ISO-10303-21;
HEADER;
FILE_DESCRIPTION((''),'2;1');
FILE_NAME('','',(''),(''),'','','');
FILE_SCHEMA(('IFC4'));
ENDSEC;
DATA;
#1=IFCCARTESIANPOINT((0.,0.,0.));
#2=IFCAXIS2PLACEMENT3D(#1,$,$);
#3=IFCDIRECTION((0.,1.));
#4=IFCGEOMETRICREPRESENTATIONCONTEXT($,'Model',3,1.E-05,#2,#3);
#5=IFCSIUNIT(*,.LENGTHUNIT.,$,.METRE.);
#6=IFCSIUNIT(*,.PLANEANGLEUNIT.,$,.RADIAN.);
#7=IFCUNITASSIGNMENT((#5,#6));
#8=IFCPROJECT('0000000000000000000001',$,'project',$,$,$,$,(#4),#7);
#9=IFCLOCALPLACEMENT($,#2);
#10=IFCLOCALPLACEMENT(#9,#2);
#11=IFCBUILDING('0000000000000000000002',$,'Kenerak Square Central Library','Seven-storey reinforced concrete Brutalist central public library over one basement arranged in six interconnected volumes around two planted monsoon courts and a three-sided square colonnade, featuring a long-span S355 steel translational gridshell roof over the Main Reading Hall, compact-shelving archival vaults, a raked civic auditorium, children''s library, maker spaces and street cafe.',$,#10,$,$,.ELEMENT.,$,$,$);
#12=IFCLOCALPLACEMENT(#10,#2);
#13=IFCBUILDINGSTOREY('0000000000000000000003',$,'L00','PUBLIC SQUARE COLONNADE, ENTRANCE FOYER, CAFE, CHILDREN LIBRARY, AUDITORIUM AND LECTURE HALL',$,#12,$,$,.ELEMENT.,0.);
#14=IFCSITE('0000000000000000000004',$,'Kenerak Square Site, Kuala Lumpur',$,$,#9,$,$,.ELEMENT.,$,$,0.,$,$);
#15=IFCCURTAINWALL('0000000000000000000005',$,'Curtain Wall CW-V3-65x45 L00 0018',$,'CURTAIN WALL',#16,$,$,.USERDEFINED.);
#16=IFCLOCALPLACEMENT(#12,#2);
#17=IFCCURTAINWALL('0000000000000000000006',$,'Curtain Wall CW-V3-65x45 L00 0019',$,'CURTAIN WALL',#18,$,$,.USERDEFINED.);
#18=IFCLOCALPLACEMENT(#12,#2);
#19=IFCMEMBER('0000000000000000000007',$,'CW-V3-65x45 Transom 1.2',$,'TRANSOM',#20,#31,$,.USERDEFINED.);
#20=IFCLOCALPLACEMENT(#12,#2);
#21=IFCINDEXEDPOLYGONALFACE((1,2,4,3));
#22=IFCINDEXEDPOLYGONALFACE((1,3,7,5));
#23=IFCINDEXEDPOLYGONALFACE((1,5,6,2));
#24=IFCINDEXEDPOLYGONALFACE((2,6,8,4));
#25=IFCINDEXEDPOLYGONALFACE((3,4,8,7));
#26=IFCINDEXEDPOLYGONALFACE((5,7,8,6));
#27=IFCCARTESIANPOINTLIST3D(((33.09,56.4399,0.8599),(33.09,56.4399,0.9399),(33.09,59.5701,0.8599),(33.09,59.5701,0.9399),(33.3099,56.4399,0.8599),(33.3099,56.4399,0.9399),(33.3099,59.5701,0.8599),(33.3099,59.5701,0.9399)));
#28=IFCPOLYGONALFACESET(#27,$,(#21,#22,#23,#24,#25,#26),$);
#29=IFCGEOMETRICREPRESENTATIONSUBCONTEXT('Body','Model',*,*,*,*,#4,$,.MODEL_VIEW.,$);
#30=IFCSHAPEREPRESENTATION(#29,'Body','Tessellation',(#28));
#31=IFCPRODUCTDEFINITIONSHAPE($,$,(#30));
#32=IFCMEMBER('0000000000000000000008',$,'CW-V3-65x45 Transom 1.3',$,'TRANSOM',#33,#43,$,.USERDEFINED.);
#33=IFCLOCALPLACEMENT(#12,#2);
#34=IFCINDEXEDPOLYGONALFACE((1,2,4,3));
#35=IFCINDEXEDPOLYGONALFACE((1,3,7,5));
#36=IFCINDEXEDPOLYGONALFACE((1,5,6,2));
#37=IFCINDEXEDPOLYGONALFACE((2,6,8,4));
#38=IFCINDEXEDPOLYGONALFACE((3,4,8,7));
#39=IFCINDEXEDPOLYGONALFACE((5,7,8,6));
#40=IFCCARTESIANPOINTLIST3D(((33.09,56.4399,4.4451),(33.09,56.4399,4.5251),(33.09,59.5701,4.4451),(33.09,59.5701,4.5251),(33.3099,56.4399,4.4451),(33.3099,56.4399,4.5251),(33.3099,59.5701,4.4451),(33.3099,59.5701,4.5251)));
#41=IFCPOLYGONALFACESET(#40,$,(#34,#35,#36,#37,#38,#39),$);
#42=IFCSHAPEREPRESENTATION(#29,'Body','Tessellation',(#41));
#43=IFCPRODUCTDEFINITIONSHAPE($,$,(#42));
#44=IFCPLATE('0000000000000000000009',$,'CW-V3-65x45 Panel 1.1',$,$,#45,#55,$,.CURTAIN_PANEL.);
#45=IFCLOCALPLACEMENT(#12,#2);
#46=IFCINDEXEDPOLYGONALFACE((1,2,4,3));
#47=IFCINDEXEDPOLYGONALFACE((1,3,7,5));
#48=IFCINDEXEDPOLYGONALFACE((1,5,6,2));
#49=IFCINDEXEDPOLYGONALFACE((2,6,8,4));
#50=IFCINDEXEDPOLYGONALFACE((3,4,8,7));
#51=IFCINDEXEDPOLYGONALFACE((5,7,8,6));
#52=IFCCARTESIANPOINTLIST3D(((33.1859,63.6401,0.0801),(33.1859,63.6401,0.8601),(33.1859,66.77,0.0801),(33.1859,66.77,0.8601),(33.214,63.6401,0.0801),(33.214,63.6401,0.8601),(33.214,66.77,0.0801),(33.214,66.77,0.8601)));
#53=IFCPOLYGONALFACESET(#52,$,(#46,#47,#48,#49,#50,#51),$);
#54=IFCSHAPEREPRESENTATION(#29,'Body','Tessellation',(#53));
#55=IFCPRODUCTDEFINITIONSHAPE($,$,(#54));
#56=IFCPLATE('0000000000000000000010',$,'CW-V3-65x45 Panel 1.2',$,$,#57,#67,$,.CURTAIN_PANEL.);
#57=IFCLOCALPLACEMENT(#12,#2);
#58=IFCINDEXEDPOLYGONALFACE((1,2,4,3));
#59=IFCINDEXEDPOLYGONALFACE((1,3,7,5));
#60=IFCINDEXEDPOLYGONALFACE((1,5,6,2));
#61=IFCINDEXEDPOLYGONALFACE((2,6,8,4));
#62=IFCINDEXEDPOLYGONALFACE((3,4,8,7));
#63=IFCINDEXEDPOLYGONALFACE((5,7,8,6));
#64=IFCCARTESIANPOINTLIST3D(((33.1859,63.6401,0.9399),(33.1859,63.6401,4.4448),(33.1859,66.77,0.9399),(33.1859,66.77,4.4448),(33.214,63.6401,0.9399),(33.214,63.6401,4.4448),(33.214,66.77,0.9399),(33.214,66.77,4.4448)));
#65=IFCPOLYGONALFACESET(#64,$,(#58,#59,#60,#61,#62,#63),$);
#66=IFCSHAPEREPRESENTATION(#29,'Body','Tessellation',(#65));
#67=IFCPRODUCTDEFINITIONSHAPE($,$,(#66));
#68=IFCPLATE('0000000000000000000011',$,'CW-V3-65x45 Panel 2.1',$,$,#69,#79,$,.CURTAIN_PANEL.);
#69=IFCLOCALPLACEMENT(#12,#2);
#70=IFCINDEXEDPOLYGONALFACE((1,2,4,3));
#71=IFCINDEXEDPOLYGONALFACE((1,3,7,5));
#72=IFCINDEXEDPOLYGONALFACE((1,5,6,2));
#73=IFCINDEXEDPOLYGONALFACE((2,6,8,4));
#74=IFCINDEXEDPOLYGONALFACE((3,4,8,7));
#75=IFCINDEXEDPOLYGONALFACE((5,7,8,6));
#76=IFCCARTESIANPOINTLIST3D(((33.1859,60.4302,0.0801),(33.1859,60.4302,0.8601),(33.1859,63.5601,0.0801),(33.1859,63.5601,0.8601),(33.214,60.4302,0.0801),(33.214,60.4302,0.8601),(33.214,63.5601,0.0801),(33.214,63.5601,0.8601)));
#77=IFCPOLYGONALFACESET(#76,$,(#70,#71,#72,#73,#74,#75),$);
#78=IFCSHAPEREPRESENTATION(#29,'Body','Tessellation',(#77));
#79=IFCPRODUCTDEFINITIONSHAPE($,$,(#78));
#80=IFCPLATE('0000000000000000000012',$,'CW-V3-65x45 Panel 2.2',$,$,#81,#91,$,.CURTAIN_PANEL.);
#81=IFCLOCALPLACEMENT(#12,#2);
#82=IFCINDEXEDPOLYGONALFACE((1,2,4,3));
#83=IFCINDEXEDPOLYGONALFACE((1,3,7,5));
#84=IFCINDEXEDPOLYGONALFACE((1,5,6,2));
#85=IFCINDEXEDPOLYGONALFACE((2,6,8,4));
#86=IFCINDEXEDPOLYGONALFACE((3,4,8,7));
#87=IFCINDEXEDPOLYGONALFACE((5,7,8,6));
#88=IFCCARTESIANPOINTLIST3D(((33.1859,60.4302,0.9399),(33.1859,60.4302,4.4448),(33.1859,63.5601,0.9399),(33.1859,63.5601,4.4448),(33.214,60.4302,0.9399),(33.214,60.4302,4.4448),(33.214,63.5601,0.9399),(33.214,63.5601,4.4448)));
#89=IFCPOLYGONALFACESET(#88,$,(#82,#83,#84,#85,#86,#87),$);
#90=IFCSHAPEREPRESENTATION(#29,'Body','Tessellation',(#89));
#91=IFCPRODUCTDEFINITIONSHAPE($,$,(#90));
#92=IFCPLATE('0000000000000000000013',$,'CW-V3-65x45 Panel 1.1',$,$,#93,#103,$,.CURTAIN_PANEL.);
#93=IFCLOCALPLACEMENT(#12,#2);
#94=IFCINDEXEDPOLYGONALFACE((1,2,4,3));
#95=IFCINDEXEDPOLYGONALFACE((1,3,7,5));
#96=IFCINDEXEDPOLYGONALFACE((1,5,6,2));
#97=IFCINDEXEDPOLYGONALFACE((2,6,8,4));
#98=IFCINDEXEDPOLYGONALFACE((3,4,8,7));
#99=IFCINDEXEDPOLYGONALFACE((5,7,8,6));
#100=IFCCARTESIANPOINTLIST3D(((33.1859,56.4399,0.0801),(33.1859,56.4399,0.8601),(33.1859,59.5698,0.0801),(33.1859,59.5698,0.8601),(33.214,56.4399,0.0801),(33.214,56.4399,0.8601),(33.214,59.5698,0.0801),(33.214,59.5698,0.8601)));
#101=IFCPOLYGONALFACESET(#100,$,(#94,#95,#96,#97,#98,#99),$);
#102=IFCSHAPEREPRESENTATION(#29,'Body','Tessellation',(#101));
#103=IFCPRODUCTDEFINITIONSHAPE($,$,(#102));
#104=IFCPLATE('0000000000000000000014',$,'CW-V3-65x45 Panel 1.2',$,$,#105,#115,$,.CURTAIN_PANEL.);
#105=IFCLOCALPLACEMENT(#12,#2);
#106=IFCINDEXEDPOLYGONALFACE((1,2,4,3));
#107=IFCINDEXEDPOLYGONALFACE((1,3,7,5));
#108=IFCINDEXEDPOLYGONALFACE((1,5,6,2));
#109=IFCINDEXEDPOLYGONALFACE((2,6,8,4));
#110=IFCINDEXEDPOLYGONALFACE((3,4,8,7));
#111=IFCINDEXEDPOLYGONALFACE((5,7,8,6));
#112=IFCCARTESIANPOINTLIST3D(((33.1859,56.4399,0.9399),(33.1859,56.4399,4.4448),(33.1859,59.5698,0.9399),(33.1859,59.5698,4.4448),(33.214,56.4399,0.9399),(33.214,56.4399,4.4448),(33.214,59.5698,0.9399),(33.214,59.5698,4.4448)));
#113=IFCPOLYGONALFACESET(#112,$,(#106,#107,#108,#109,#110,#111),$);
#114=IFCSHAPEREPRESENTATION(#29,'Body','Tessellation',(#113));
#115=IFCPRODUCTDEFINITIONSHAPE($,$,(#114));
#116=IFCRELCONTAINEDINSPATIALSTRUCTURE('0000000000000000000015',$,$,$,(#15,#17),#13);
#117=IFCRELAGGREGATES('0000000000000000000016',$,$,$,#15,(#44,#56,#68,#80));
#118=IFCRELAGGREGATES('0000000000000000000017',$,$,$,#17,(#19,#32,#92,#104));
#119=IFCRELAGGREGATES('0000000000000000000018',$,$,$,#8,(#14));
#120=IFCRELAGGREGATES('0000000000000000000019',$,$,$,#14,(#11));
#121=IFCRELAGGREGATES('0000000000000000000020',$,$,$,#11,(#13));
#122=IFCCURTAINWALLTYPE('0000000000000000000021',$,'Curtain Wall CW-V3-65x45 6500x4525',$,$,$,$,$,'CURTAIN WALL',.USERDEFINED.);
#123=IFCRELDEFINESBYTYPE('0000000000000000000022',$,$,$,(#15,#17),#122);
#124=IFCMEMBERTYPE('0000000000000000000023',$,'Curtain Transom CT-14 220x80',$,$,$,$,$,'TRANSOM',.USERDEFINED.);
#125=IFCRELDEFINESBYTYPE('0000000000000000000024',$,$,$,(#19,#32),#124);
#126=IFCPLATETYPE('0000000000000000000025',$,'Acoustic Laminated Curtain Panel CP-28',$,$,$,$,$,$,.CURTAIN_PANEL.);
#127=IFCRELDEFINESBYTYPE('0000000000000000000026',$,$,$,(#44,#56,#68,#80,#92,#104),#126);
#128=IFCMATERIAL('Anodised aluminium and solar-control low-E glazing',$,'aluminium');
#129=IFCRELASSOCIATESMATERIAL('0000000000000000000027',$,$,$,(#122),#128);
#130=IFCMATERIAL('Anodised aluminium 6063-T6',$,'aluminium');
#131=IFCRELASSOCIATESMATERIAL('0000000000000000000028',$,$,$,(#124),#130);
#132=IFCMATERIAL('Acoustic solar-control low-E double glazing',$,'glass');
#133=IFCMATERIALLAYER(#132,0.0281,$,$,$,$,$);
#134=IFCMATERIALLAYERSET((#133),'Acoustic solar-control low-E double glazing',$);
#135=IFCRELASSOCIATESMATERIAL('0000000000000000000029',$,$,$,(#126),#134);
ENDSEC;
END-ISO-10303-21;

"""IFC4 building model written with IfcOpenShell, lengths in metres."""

from ifc_helpers import new_model, si_unit, direction, frame, origin, origin_2d, place, context, subcontext, project, spatial, rectangle, extrude, material, layer, layer_set, material_profile, profile_set, type_object, element, aggregate, save


model = new_model("IFC4")

# Units and contexts
model_context = context("Model", 3, precision=1e-05, world=origin(), true_north=direction((0.0, 1.0)))
body_context = subcontext(model_context, "Body", "Model", "MODEL_VIEW")
ifc_project = project(units=[si_unit("LENGTHUNIT", "METRE"), si_unit("PLANEANGLEUNIT", "RADIAN")], contexts=[model_context])

# Site, building, storey
site_placement = place(None, origin())
site = spatial("IfcSite", under=ifc_project, at=site_placement, Name="Kenerak Square Site, Kuala Lumpur", CompositionType="ELEMENT", RefElevation=0.0)
building_placement = place(site_placement, origin())
building = spatial("IfcBuilding", under=site, at=building_placement, Name="Kenerak Square Central Library", Description="Seven-storey reinforced concrete Brutalist central public library over one basement arranged in six interconnected volumes around two planted monsoon courts and a three-sided square colonnade, featuring a long-span S355 steel translational gridshell roof over the Main Reading Hall, compact-shelving archival vaults, a raked civic auditorium, children's library, maker spaces and street cafe.", CompositionType="ELEMENT")
storey_placement = place(building_placement, origin())
storey = spatial("IfcBuildingStorey", under=building, at=storey_placement, Name="L00", Description="PUBLIC SQUARE COLONNADE, ENTRANCE FOYER, CAFE, CHILDREN LIBRARY, AUDITORIUM AND LECTURE HALL", CompositionType="ELEMENT", Elevation=0.0)

# Curtain walls
ifc_material_1 = material(Name="Anodised aluminium and solar-control low-E glazing", Category="aluminium")
curtain_wall_type = type_object("IfcCurtainWallType", Name="Curtain Wall CW-V3-65x45 6500x4525", ElementType="CURTAIN WALL", PredefinedType="USERDEFINED", material=ifc_material_1)
curtain_wall_1_placement = place(storey_placement, origin())
curtain_wall_1 = element("IfcCurtainWall", 1, at=curtain_wall_1_placement, inside=storey, type_object=curtain_wall_type, Name="Curtain Wall CW-V3-65x45 L00 0018", ObjectType="CURTAIN WALL", PredefinedType="USERDEFINED")
ifc_material_2 = material(Name="Anodised aluminium 6063-T6", Category="aluminium")
curtain_wall_2_placement = place(storey_placement, origin())
curtain_wall_2 = element("IfcCurtainWall", 2, at=curtain_wall_2_placement, inside=storey, type_object=curtain_wall_type, Name="Curtain Wall CW-V3-65x45 L00 0019", ObjectType="CURTAIN WALL", PredefinedType="USERDEFINED")

# Members
ifc_material_profile_1 = material_profile(ifc_material_2, rectangle(XDim=0.22, YDim=0.0801, at=origin_2d()), Name="AL TRANSOM 220x80")
ifc_profile_set_1 = profile_set([ifc_material_profile_1], Name="Anodised aluminium 6063-T6")
member_type_1 = type_object("IfcMemberType", Name="Curtain Transom CT-14 220x80", ElementType="TRANSOM", PredefinedType="USERDEFINED", material=ifc_profile_set_1)
member_1_placement = place(storey_placement, frame((33.2, 59.5701, 0.8999), z_axis=(0.0, -1.0, 0.0), x_axis=(1.0, 0.0, 0.0)))
member_1 = element("IfcMember", 3, at=member_1_placement, type_object=member_type_1, Name="CW-V3-65x45 Transom 1.2", ObjectType="TRANSOM", PredefinedType="USERDEFINED", context=body_context, shape_type="SweptSolid", body=[
    extrude(rectangle(XDim=0.22, YDim=0.0801, at=origin_2d()), origin(), (0.0, 0.0, 1.0), 3.1301),
])
member_2_placement = place(storey_placement, frame((33.2, 59.5701, 4.4851), z_axis=(0.0, -1.0, 0.0), x_axis=(1.0, 0.0, 0.0)))
member_2 = element("IfcMember", 4, at=member_2_placement, type_object=member_type_1, Name="CW-V3-65x45 Transom 1.3", ObjectType="TRANSOM", PredefinedType="USERDEFINED", context=body_context, shape_type="SweptSolid", body=[
    extrude(rectangle(XDim=0.22, YDim=0.0801, at=origin_2d()), origin(), (0.0, 0.0, 1.0), 3.1301),
])

# Plates
ifc_material_3 = material(Name="Acoustic solar-control low-E double glazing", Category="glass")
ifc_layer = layer(ifc_material_3, 0.0281)
ifc_layer_set = layer_set([ifc_layer], Name="Acoustic solar-control low-E double glazing")
plate_type = type_object("IfcPlateType", Name="Acoustic Laminated Curtain Panel CP-28", PredefinedType="CURTAIN_PANEL", material=ifc_layer_set)
plate_1_placement = place(storey_placement, frame((33.2, 65.2051, 0.0801), z_axis=(0.0, 0.0, 1.0), x_axis=(0.0, -1.0, 0.0)))
plate_1 = element("IfcPlate", 5, at=plate_1_placement, type_object=plate_type, Name="CW-V3-65x45 Panel 1.1", PredefinedType="CURTAIN_PANEL", context=body_context, shape_type="SweptSolid", body=[
    extrude(rectangle(XDim=3.1299, YDim=0.0281, at=origin_2d()), origin(), (0.0, 0.0, 1.0), 0.78),
])
plate_2_placement = place(storey_placement, frame((33.2, 65.2051, 0.9399), z_axis=(0.0, 0.0, 1.0), x_axis=(0.0, -1.0, 0.0)))
plate_2 = element("IfcPlate", 6, at=plate_2_placement, type_object=plate_type, Name="CW-V3-65x45 Panel 1.2", PredefinedType="CURTAIN_PANEL", context=body_context, shape_type="SweptSolid", body=[
    extrude(rectangle(XDim=3.1299, YDim=0.0281, at=origin_2d()), origin(), (0.0, 0.0, 1.0), 3.5049),
])
plate_3_placement = place(storey_placement, frame((33.2, 61.9951, 0.0801), z_axis=(0.0, 0.0, 1.0), x_axis=(0.0, -1.0, 0.0)))
plate_3 = element("IfcPlate", 7, at=plate_3_placement, type_object=plate_type, Name="CW-V3-65x45 Panel 2.1", PredefinedType="CURTAIN_PANEL", context=body_context, shape_type="SweptSolid", body=[
    extrude(rectangle(XDim=3.1299, YDim=0.0281, at=origin_2d()), origin(), (0.0, 0.0, 1.0), 0.78),
])
plate_4_placement = place(storey_placement, frame((33.2, 61.9951, 0.9399), z_axis=(0.0, 0.0, 1.0), x_axis=(0.0, -1.0, 0.0)))
plate_4 = element("IfcPlate", 8, at=plate_4_placement, type_object=plate_type, Name="CW-V3-65x45 Panel 2.2", PredefinedType="CURTAIN_PANEL", context=body_context, shape_type="SweptSolid", body=[
    extrude(rectangle(XDim=3.1299, YDim=0.0281, at=origin_2d()), origin(), (0.0, 0.0, 1.0), 3.5049),
])
aggregate(curtain_wall_1, [plate_1, plate_2, plate_3, plate_4])
plate_5_placement = place(storey_placement, frame((33.2, 58.0049, 0.0801), z_axis=(0.0, 0.0, 1.0), x_axis=(0.0, -1.0, 0.0)))
plate_5 = element("IfcPlate", 9, at=plate_5_placement, type_object=plate_type, Name="CW-V3-65x45 Panel 1.1", PredefinedType="CURTAIN_PANEL", context=body_context, shape_type="SweptSolid", body=[
    extrude(rectangle(XDim=3.1299, YDim=0.0281, at=origin_2d()), origin(), (0.0, 0.0, 1.0), 0.78),
])
plate_6_placement = place(storey_placement, frame((33.2, 58.0049, 0.9399), z_axis=(0.0, 0.0, 1.0), x_axis=(0.0, -1.0, 0.0)))
plate_6 = element("IfcPlate", 10, at=plate_6_placement, type_object=plate_type, Name="CW-V3-65x45 Panel 1.2", PredefinedType="CURTAIN_PANEL", context=body_context, shape_type="SweptSolid", body=[
    extrude(rectangle(XDim=3.1299, YDim=0.0281, at=origin_2d()), origin(), (0.0, 0.0, 1.0), 3.5049),
])
aggregate(curtain_wall_2, [member_1, member_2, plate_5, plate_6])

save(model, "model.ifc")
